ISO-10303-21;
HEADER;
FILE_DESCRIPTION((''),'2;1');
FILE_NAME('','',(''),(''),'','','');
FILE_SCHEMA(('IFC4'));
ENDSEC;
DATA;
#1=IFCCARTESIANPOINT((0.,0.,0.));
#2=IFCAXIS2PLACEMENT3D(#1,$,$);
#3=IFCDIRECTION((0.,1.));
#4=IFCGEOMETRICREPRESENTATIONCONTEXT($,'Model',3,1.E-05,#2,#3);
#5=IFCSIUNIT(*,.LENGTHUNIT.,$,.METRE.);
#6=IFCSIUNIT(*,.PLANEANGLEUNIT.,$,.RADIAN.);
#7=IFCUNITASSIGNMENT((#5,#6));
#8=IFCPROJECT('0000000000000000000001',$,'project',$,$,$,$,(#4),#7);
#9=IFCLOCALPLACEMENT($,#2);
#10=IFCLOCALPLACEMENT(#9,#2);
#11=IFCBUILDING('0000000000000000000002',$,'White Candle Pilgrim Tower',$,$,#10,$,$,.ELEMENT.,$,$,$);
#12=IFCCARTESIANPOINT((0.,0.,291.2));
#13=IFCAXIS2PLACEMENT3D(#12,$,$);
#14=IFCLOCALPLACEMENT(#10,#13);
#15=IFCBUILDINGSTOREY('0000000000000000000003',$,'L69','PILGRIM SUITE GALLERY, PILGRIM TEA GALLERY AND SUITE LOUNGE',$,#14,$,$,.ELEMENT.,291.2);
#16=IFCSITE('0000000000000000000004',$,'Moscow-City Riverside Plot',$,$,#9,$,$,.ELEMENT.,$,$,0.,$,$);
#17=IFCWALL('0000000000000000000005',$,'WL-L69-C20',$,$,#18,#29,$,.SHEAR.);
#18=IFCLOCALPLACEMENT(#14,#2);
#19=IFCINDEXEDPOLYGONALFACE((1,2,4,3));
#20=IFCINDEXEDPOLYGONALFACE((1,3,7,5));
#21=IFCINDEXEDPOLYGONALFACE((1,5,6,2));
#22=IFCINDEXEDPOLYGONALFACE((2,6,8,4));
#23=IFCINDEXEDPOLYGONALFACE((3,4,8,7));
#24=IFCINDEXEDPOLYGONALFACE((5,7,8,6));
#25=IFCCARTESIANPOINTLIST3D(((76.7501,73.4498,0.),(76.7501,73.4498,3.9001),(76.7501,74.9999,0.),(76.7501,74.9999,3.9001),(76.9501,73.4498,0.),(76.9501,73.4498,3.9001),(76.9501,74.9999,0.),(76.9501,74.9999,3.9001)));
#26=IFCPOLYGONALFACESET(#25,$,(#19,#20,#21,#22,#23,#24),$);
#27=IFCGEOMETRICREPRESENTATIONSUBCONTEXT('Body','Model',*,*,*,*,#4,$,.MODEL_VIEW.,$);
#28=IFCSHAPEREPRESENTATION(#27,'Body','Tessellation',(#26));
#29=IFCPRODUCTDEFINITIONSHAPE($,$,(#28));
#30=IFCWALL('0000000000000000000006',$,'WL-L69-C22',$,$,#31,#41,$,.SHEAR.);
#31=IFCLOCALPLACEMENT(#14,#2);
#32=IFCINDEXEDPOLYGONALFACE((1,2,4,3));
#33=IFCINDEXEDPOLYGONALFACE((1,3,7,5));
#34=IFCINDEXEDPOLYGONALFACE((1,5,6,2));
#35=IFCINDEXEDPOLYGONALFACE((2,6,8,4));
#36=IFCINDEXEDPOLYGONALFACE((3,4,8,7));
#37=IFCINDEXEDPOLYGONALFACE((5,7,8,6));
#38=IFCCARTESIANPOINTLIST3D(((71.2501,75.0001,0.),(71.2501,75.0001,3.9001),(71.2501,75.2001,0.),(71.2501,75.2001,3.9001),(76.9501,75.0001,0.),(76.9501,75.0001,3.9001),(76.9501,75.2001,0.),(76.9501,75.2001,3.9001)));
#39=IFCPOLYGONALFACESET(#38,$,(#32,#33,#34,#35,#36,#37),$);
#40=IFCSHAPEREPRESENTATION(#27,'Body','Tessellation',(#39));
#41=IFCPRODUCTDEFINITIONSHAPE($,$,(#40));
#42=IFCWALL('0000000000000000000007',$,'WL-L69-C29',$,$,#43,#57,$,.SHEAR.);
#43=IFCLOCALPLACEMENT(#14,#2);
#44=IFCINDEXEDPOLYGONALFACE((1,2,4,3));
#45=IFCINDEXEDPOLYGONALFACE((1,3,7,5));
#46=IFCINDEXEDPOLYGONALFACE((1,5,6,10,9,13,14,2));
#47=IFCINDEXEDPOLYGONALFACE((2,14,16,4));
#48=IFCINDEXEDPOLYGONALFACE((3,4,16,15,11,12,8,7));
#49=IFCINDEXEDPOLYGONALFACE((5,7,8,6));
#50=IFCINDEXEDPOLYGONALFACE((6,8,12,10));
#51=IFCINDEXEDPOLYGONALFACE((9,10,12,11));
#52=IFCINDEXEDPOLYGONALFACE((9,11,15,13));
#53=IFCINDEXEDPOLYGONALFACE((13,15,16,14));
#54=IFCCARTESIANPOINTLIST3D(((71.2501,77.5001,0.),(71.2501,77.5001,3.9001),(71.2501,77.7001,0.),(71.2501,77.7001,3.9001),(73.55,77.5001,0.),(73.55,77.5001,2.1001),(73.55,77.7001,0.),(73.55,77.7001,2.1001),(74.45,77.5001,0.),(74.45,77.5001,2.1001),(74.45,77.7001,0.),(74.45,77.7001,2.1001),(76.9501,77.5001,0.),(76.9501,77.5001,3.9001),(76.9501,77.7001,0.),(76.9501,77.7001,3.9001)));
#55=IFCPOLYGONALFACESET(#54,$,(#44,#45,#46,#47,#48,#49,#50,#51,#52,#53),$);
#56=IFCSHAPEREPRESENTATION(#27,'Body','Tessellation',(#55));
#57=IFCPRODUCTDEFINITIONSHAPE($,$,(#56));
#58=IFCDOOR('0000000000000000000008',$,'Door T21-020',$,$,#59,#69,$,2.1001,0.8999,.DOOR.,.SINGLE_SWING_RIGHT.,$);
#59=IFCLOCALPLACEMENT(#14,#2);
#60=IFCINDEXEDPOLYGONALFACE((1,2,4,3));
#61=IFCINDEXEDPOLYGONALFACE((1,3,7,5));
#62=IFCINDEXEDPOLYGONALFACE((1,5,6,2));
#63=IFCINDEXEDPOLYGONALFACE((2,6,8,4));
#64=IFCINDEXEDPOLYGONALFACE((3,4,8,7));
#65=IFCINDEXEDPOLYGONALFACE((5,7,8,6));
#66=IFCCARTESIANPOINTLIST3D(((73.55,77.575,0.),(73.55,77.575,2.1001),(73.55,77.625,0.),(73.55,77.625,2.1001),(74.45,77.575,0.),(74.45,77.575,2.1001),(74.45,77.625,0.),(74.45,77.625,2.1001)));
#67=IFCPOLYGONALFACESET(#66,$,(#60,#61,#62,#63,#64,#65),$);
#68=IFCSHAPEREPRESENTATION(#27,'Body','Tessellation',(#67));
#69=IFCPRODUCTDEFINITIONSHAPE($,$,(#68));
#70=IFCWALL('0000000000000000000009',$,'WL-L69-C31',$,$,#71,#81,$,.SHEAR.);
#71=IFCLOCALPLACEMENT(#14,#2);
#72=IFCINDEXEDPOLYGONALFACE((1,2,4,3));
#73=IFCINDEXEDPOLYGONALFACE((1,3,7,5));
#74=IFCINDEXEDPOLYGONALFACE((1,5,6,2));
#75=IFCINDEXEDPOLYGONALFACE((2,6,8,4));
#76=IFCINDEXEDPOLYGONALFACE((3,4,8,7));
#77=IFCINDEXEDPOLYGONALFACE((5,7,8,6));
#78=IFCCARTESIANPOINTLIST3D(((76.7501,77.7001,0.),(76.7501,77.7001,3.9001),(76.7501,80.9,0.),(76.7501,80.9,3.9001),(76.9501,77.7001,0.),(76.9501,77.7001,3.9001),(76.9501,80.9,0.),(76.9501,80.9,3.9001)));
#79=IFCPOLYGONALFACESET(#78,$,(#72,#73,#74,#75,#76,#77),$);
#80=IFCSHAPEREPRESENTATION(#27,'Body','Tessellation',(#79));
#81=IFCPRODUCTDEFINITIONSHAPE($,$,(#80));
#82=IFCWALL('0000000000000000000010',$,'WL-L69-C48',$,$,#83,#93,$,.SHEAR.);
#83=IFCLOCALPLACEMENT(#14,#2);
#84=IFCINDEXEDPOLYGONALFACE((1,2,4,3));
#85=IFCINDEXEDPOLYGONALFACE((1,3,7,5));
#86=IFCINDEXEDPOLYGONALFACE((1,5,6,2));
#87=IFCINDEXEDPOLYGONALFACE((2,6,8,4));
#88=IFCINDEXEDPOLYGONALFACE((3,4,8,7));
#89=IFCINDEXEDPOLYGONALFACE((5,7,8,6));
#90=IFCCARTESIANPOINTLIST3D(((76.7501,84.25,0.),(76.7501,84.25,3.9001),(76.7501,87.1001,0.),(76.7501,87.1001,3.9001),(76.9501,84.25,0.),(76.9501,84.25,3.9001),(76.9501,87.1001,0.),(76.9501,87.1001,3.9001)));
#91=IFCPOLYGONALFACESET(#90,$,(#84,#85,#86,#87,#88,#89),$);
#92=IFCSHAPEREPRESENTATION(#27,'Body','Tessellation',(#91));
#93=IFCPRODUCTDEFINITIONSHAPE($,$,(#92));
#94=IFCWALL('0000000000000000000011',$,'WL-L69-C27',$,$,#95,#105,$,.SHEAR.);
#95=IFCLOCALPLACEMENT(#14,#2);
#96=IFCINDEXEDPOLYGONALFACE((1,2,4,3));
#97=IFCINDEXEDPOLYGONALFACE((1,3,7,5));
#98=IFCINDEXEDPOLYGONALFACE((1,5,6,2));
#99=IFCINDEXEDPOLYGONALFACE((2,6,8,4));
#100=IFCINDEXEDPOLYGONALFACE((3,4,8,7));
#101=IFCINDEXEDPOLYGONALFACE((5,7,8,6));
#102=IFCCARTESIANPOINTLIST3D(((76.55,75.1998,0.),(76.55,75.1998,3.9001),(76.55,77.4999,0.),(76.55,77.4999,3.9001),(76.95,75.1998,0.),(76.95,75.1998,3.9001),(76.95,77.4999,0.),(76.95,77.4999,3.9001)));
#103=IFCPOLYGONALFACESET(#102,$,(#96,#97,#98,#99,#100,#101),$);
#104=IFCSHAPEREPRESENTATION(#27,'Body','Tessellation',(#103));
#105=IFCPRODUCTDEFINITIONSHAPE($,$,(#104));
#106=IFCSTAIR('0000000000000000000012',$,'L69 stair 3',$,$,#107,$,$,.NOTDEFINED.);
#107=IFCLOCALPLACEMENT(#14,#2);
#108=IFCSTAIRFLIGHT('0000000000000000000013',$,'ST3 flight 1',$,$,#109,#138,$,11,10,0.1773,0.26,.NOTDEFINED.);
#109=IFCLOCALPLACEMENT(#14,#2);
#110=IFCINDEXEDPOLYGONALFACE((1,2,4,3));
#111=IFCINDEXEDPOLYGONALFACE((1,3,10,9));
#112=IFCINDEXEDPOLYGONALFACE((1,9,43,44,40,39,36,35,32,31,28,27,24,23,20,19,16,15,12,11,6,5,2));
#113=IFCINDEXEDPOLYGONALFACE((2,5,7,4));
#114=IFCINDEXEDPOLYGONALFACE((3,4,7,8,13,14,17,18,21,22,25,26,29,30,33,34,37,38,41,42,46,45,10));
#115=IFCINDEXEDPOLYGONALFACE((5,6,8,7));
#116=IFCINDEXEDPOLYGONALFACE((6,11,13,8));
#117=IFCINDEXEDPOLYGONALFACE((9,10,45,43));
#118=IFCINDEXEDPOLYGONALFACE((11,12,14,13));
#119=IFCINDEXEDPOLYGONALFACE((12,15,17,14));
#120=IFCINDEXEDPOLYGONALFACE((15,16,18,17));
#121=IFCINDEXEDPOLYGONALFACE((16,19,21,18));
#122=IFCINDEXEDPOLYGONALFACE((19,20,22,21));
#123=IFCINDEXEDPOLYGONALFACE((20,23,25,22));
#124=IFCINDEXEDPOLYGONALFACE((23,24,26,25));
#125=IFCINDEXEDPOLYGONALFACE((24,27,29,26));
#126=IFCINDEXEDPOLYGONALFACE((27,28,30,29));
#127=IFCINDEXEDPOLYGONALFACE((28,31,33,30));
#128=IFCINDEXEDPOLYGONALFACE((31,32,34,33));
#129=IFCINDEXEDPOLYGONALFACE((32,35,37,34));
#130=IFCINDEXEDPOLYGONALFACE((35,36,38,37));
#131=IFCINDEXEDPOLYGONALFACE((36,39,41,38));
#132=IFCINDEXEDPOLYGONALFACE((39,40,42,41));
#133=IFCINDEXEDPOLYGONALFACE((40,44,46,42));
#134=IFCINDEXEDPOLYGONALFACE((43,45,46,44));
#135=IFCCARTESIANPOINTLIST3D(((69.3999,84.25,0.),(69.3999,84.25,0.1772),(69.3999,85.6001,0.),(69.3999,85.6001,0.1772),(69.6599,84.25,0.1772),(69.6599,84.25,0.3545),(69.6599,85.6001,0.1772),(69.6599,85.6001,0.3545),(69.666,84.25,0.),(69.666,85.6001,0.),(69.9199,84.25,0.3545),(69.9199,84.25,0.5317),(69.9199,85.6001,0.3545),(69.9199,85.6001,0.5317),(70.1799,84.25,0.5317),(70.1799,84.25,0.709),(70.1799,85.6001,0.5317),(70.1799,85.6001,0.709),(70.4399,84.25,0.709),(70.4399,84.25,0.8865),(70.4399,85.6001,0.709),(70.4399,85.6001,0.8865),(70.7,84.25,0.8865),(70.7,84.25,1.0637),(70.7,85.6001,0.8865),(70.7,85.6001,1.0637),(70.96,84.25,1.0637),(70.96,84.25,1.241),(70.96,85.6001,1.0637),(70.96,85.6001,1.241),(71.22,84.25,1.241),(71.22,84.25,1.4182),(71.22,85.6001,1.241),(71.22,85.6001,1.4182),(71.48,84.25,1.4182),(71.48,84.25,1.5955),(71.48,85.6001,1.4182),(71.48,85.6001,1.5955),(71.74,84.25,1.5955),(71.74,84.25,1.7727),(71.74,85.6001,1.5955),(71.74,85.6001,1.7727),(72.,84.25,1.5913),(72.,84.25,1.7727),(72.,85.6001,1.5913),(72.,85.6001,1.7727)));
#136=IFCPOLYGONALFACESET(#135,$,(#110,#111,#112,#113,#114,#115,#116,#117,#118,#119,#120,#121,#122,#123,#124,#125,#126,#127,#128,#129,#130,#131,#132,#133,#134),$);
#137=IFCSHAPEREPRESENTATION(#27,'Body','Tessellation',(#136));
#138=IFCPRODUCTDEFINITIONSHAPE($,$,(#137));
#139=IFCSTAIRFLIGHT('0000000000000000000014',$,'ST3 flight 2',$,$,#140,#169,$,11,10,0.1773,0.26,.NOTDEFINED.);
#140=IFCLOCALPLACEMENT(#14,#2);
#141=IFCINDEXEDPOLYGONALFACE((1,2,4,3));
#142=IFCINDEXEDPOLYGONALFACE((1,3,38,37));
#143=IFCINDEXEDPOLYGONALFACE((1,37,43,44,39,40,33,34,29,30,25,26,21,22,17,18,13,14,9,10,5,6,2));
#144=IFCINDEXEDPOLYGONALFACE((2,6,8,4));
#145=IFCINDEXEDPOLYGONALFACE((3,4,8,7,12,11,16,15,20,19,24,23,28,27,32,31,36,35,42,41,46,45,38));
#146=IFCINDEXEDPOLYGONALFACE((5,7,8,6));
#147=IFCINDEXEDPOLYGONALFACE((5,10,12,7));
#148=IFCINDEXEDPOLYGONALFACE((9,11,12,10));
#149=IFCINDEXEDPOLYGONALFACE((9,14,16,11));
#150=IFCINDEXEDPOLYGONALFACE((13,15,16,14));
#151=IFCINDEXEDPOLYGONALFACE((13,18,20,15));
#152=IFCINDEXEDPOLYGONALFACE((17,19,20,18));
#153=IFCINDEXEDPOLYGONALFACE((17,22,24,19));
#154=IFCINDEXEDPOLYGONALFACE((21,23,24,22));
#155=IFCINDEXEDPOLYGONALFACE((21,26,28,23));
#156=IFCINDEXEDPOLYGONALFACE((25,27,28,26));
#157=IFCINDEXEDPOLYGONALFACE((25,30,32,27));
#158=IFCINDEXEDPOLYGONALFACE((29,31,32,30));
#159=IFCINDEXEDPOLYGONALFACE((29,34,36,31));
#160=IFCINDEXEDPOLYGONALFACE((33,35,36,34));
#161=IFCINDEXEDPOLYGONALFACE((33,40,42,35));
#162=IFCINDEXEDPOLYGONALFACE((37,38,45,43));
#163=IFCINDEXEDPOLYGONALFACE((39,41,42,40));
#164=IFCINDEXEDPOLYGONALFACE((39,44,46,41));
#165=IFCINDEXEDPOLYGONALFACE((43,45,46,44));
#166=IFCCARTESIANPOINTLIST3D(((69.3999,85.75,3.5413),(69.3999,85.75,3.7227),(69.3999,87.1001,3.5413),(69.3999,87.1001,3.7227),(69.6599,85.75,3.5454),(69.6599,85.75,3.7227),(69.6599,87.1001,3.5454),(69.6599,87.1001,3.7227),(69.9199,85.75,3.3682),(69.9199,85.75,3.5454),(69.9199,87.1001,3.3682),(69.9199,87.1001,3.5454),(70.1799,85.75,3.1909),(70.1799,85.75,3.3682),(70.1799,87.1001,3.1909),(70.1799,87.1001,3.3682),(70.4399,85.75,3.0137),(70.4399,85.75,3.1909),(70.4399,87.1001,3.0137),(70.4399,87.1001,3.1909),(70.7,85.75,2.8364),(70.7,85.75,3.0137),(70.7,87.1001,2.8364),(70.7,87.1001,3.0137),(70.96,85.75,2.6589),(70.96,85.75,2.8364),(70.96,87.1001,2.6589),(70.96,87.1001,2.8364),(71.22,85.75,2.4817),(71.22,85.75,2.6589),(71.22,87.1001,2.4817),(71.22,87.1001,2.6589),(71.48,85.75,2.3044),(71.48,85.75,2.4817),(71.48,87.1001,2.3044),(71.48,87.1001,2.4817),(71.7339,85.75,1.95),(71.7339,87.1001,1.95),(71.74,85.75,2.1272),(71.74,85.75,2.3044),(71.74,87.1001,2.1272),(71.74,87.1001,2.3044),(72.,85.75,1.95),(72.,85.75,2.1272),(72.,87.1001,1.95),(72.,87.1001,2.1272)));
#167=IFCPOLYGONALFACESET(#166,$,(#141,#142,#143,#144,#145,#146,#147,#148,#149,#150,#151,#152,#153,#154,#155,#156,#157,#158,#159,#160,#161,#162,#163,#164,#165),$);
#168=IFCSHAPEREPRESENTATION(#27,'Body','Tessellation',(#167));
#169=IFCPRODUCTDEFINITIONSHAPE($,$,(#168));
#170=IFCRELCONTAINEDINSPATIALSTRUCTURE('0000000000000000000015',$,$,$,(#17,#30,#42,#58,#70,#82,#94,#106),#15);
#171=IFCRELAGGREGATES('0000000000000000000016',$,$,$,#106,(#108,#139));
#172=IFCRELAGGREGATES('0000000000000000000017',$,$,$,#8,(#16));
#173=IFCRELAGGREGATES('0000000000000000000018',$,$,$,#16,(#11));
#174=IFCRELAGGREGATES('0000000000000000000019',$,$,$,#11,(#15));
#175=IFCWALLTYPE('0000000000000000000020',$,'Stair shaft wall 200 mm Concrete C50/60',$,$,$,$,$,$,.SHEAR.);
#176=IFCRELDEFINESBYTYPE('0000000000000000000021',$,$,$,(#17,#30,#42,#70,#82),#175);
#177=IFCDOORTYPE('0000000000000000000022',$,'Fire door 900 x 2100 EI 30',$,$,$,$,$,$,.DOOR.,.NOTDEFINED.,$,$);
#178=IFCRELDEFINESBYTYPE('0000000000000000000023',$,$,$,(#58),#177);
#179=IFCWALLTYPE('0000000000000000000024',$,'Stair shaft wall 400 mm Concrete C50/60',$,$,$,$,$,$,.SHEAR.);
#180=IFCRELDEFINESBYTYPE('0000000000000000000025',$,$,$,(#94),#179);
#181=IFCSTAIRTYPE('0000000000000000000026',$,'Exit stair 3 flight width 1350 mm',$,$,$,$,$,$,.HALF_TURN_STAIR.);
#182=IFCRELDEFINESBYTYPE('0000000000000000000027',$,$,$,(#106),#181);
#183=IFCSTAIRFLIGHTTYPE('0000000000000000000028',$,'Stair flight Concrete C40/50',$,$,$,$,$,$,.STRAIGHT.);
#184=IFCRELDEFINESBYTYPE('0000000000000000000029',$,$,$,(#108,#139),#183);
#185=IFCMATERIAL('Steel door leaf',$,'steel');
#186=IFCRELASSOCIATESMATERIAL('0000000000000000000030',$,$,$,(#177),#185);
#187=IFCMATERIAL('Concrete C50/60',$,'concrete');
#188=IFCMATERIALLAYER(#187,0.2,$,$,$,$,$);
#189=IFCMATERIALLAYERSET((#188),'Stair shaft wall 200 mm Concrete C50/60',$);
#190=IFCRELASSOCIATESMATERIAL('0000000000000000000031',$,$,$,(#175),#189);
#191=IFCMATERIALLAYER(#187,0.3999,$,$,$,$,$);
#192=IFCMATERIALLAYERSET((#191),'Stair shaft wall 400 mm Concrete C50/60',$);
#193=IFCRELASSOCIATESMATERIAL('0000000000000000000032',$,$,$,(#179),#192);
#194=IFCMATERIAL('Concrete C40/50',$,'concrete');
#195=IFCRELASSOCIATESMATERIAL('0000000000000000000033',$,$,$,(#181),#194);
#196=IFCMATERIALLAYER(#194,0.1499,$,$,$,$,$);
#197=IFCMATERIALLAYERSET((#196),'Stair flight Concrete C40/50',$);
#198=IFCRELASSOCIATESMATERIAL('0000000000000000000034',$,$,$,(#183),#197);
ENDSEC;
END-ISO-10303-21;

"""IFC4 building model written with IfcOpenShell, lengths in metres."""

from ifc_helpers import new_model, si_unit, direction, frame, frame_2d, origin, place, context, subcontext, project, spatial, polyline, rectangle, outline, extrude, material, layer, layer_set, type_object, element, fill, aggregate, save


model = new_model("IFC4")

# Units and contexts
model_context = context("Model", 3, precision=1e-05, world=origin(), true_north=direction((0.0, 1.0)))
body_context = subcontext(model_context, "Body", "Model", "MODEL_VIEW")
ifc_project = project(units=[si_unit("LENGTHUNIT", "METRE"), si_unit("PLANEANGLEUNIT", "RADIAN")], contexts=[model_context])

# Site, building, storey
site_placement = place(None, origin())
site = spatial("IfcSite", under=ifc_project, at=site_placement, Name="Moscow-City Riverside Plot", CompositionType="ELEMENT", RefElevation=0.0)
building_placement = place(site_placement, origin())
building = spatial("IfcBuilding", under=site, at=building_placement, Name="White Candle Pilgrim Tower", CompositionType="ELEMENT")
storey_placement = place(building_placement, frame((0.0, 0.0, 291.2)))
storey = spatial("IfcBuildingStorey", under=building, at=storey_placement, Name="L69", Description="PILGRIM SUITE GALLERY, PILGRIM TEA GALLERY AND SUITE LOUNGE", CompositionType="ELEMENT", Elevation=291.2)

# Shared definitions
ifc_material_1 = material(Name="Concrete C50/60", Category="concrete")

# Shared definitions
ifc_material_2 = material(Name="Steel door leaf", Category="steel")
door_type = type_object("IfcDoorType", Name="Fire door 900 x 2100 EI 30", OperationType="NOTDEFINED", PredefinedType="DOOR", material=ifc_material_2)

# Walls
ifc_layer_1 = layer(ifc_material_1, 0.2)
ifc_layer_set_1 = layer_set([ifc_layer_1], Name="Stair shaft wall 200 mm Concrete C50/60")
wall_type_1 = type_object("IfcWallType", Name="Stair shaft wall 200 mm Concrete C50/60", PredefinedType="SHEAR", material=ifc_layer_set_1)
wall_1_placement = place(storey_placement, frame((76.8501, 73.45, 0.0), z_axis=(0.0, 0.0, 1.0), x_axis=(0.0, 1.0, 0.0)))
element("IfcWall", 1, at=wall_1_placement, inside=storey, type_object=wall_type_1, Name="WL-L69-C20", PredefinedType="SHEAR", context=body_context, shape_type="SweptSolid", body=[
    extrude(rectangle(XDim=1.55, YDim=0.2, at=frame_2d((0.7749, 0.0))), origin(), (0.0, 0.0, 1.0), 3.9001),
])
wall_2_placement = place(storey_placement, frame((71.25, 75.1001, 0.0), z_axis=(0.0, 0.0, 1.0), x_axis=(1.0, 0.0, 0.0)))
element("IfcWall", 2, at=wall_2_placement, inside=storey, type_object=wall_type_1, Name="WL-L69-C22", PredefinedType="SHEAR", context=body_context, shape_type="SweptSolid", body=[
    extrude(rectangle(XDim=5.7, YDim=0.2, at=frame_2d((2.8501, 0.0))), origin(), (0.0, 0.0, 1.0), 3.9001),
])

# Wall, opening, door
wall_3_placement = place(storey_placement, frame((71.25, 77.6001, 0.0), z_axis=(0.0, 0.0, 1.0), x_axis=(1.0, 0.0, 0.0)))
wall_3 = element("IfcWall", 3, at=wall_3_placement, inside=storey, type_object=wall_type_1, Name="WL-L69-C29", PredefinedType="SHEAR", context=body_context, shape_type="SweptSolid", body=[
    extrude(rectangle(XDim=5.7, YDim=0.2, at=frame_2d((2.8501, 0.0))), origin(), (0.0, 0.0, 1.0), 3.9001),
])
opening_1_placement = place(wall_3_placement, frame((2.3, 0.0, 0.0)))
opening_1 = element("IfcOpeningElement", 4, at=opening_1_placement, cuts=wall_3, PredefinedType="OPENING", context=body_context, shape_type="SweptSolid", body=[
    extrude(rectangle(XDim=0.8999, YDim=2.1001, at=frame_2d((0.45, 1.05))), frame((0.0, 0.1099, 0.0), z_axis=(0.0, -1.0, 0.0), x_axis=(1.0, 0.0, 0.0)), (0.0, 0.0, 1.0), 0.22),
])
door_1_placement = place(opening_1_placement, origin())
door_1 = element("IfcDoor", 5, at=door_1_placement, inside=storey, type_object=door_type, Name="Door T21-020", OperationType="SINGLE_SWING_RIGHT", OverallHeight=2.1001, OverallWidth=0.8999, PredefinedType="DOOR", context=body_context, shape_type="SweptSolid", body=[
    extrude(rectangle(XDim=0.8999, YDim=2.1001, at=frame_2d((0.45, 1.05))), frame((0.0, 0.0249, 0.0), z_axis=(0.0, -1.0, 0.0), x_axis=(1.0, 0.0, 0.0)), (0.0, 0.0, 1.0), 0.05),
])
fill(opening_1, door_1)

# Walls
wall_4_placement = place(storey_placement, frame((76.8501, 77.7, 0.0), z_axis=(0.0, 0.0, 1.0), x_axis=(0.0, 1.0, 0.0)))
element("IfcWall", 6, at=wall_4_placement, inside=storey, type_object=wall_type_1, Name="WL-L69-C31", PredefinedType="SHEAR", context=body_context, shape_type="SweptSolid", body=[
    extrude(rectangle(XDim=3.2, YDim=0.2, at=frame_2d((1.6001, 0.0))), origin(), (0.0, 0.0, 1.0), 3.9001),
])
wall_5_placement = place(storey_placement, frame((76.8501, 84.25, 0.0), z_axis=(0.0, 0.0, 1.0), x_axis=(0.0, 1.0, 0.0)))
element("IfcWall", 7, at=wall_5_placement, inside=storey, type_object=wall_type_1, Name="WL-L69-C48", PredefinedType="SHEAR", context=body_context, shape_type="SweptSolid", body=[
    extrude(rectangle(XDim=2.8501, YDim=0.2, at=frame_2d((1.425, 0.0))), origin(), (0.0, 0.0, 1.0), 3.9001),
])
ifc_layer_2 = layer(ifc_material_1, 0.3999)
ifc_layer_set_2 = layer_set([ifc_layer_2], Name="Stair shaft wall 400 mm Concrete C50/60")
wall_type_2 = type_object("IfcWallType", Name="Stair shaft wall 400 mm Concrete C50/60", PredefinedType="SHEAR", material=ifc_layer_set_2)
wall_6_placement = place(storey_placement, frame((76.75, 75.2, 0.0), z_axis=(0.0, 0.0, 1.0), x_axis=(0.0, 1.0, 0.0)))
element("IfcWall", 8, at=wall_6_placement, inside=storey, type_object=wall_type_2, Name="WL-L69-C27", PredefinedType="SHEAR", context=body_context, shape_type="SweptSolid", body=[
    extrude(rectangle(XDim=2.3, YDim=0.3999, at=frame_2d((1.1499, 0.0))), origin(), (0.0, 0.0, 1.0), 3.9001),
])

# Stair, stair flights
ifc_material_3 = material(Name="Concrete C40/50", Category="concrete")
stair_type = type_object("IfcStairType", Name="Exit stair 3 flight width 1350 mm", PredefinedType="HALF_TURN_STAIR", material=ifc_material_3)
stair_placement = place(storey_placement, origin())
stair = element("IfcStair", 9, at=stair_placement, inside=storey, type_object=stair_type, Name="L69 stair 3", PredefinedType="NOTDEFINED")
ifc_layer_3 = layer(ifc_material_3, 0.1499)
ifc_layer_set_3 = layer_set([ifc_layer_3], Name="Stair flight Concrete C40/50")
stair_flight_type = type_object("IfcStairFlightType", Name="Stair flight Concrete C40/50", PredefinedType="STRAIGHT", material=ifc_layer_set_3)
stair_flight_1_placement = place(storey_placement, frame((69.3999, 84.925, 0.0), z_axis=(0.0, 0.0, 1.0), x_axis=(1.0, 0.0, 0.0)))
stair_flight_1 = element("IfcStairFlight", 10, at=stair_flight_1_placement, type_object=stair_flight_type, Name="ST3 flight 1", NumberOfRisers=11, NumberOfTreads=10, PredefinedType="NOTDEFINED", RiserHeight=0.1773, TreadLength=0.26, context=body_context, shape_type="SweptSolid", body=[
    extrude(outline(polyline([(0.0, 0.0), (0.0, 0.1772), (0.26, 0.1772), (0.26, 0.3545), (0.52, 0.3545), (0.52, 0.5317), (0.78, 0.5317), (0.78, 0.709), (1.04, 0.709), (1.04, 0.8865), (1.3, 0.8865), (1.3, 1.0637), (1.5601, 1.0637), (1.5601, 1.241), (1.8201, 1.241), (1.8201, 1.4182), (2.0801, 1.4182), (2.0801, 1.5955), (2.3401, 1.5955), (2.3401, 1.7727), (2.6001, 1.7727), (2.6001, 1.95), (2.6001, 1.5913), (0.2661, 0.0), (0.0, 0.0)])), frame((0.0, 0.675, 0.0), z_axis=(0.0, -1.0, 0.0), x_axis=(1.0, 0.0, 0.0)), (0.0, 0.0, 1.0), 1.3501),
])
stair_flight_2_placement = place(storey_placement, frame((72.0, 86.425, 1.95), z_axis=(0.0, 0.0, 1.0), x_axis=(-1.0, 0.0, 0.0)))
stair_flight_2 = element("IfcStairFlight", 11, at=stair_flight_2_placement, type_object=stair_flight_type, Name="ST3 flight 2", NumberOfRisers=11, NumberOfTreads=10, PredefinedType="NOTDEFINED", RiserHeight=0.1773, TreadLength=0.26, context=body_context, shape_type="SweptSolid", body=[
    extrude(outline(polyline([(0.0, 0.0), (0.0, 0.1772), (0.26, 0.1772), (0.26, 0.3545), (0.52, 0.3545), (0.52, 0.5317), (0.78, 0.5317), (0.78, 0.709), (1.04, 0.709), (1.04, 0.8865), (1.3, 0.8865), (1.3, 1.0637), (1.5601, 1.0637), (1.5601, 1.241), (1.8201, 1.241), (1.8201, 1.4182), (2.0801, 1.4182), (2.0801, 1.5955), (2.3401, 1.5955), (2.3401, 1.7727), (2.6001, 1.7727), (2.6001, 1.95), (2.6001, 1.5913), (0.2661, 0.0), (0.0, 0.0)])), frame((0.0, 0.675, 0.0), z_axis=(0.0, -1.0, 0.0), x_axis=(1.0, 0.0, 0.0)), (0.0, 0.0, 1.0), 1.3501),
])
aggregate(stair, [stair_flight_1, stair_flight_2])

save(model, "model.ifc")
